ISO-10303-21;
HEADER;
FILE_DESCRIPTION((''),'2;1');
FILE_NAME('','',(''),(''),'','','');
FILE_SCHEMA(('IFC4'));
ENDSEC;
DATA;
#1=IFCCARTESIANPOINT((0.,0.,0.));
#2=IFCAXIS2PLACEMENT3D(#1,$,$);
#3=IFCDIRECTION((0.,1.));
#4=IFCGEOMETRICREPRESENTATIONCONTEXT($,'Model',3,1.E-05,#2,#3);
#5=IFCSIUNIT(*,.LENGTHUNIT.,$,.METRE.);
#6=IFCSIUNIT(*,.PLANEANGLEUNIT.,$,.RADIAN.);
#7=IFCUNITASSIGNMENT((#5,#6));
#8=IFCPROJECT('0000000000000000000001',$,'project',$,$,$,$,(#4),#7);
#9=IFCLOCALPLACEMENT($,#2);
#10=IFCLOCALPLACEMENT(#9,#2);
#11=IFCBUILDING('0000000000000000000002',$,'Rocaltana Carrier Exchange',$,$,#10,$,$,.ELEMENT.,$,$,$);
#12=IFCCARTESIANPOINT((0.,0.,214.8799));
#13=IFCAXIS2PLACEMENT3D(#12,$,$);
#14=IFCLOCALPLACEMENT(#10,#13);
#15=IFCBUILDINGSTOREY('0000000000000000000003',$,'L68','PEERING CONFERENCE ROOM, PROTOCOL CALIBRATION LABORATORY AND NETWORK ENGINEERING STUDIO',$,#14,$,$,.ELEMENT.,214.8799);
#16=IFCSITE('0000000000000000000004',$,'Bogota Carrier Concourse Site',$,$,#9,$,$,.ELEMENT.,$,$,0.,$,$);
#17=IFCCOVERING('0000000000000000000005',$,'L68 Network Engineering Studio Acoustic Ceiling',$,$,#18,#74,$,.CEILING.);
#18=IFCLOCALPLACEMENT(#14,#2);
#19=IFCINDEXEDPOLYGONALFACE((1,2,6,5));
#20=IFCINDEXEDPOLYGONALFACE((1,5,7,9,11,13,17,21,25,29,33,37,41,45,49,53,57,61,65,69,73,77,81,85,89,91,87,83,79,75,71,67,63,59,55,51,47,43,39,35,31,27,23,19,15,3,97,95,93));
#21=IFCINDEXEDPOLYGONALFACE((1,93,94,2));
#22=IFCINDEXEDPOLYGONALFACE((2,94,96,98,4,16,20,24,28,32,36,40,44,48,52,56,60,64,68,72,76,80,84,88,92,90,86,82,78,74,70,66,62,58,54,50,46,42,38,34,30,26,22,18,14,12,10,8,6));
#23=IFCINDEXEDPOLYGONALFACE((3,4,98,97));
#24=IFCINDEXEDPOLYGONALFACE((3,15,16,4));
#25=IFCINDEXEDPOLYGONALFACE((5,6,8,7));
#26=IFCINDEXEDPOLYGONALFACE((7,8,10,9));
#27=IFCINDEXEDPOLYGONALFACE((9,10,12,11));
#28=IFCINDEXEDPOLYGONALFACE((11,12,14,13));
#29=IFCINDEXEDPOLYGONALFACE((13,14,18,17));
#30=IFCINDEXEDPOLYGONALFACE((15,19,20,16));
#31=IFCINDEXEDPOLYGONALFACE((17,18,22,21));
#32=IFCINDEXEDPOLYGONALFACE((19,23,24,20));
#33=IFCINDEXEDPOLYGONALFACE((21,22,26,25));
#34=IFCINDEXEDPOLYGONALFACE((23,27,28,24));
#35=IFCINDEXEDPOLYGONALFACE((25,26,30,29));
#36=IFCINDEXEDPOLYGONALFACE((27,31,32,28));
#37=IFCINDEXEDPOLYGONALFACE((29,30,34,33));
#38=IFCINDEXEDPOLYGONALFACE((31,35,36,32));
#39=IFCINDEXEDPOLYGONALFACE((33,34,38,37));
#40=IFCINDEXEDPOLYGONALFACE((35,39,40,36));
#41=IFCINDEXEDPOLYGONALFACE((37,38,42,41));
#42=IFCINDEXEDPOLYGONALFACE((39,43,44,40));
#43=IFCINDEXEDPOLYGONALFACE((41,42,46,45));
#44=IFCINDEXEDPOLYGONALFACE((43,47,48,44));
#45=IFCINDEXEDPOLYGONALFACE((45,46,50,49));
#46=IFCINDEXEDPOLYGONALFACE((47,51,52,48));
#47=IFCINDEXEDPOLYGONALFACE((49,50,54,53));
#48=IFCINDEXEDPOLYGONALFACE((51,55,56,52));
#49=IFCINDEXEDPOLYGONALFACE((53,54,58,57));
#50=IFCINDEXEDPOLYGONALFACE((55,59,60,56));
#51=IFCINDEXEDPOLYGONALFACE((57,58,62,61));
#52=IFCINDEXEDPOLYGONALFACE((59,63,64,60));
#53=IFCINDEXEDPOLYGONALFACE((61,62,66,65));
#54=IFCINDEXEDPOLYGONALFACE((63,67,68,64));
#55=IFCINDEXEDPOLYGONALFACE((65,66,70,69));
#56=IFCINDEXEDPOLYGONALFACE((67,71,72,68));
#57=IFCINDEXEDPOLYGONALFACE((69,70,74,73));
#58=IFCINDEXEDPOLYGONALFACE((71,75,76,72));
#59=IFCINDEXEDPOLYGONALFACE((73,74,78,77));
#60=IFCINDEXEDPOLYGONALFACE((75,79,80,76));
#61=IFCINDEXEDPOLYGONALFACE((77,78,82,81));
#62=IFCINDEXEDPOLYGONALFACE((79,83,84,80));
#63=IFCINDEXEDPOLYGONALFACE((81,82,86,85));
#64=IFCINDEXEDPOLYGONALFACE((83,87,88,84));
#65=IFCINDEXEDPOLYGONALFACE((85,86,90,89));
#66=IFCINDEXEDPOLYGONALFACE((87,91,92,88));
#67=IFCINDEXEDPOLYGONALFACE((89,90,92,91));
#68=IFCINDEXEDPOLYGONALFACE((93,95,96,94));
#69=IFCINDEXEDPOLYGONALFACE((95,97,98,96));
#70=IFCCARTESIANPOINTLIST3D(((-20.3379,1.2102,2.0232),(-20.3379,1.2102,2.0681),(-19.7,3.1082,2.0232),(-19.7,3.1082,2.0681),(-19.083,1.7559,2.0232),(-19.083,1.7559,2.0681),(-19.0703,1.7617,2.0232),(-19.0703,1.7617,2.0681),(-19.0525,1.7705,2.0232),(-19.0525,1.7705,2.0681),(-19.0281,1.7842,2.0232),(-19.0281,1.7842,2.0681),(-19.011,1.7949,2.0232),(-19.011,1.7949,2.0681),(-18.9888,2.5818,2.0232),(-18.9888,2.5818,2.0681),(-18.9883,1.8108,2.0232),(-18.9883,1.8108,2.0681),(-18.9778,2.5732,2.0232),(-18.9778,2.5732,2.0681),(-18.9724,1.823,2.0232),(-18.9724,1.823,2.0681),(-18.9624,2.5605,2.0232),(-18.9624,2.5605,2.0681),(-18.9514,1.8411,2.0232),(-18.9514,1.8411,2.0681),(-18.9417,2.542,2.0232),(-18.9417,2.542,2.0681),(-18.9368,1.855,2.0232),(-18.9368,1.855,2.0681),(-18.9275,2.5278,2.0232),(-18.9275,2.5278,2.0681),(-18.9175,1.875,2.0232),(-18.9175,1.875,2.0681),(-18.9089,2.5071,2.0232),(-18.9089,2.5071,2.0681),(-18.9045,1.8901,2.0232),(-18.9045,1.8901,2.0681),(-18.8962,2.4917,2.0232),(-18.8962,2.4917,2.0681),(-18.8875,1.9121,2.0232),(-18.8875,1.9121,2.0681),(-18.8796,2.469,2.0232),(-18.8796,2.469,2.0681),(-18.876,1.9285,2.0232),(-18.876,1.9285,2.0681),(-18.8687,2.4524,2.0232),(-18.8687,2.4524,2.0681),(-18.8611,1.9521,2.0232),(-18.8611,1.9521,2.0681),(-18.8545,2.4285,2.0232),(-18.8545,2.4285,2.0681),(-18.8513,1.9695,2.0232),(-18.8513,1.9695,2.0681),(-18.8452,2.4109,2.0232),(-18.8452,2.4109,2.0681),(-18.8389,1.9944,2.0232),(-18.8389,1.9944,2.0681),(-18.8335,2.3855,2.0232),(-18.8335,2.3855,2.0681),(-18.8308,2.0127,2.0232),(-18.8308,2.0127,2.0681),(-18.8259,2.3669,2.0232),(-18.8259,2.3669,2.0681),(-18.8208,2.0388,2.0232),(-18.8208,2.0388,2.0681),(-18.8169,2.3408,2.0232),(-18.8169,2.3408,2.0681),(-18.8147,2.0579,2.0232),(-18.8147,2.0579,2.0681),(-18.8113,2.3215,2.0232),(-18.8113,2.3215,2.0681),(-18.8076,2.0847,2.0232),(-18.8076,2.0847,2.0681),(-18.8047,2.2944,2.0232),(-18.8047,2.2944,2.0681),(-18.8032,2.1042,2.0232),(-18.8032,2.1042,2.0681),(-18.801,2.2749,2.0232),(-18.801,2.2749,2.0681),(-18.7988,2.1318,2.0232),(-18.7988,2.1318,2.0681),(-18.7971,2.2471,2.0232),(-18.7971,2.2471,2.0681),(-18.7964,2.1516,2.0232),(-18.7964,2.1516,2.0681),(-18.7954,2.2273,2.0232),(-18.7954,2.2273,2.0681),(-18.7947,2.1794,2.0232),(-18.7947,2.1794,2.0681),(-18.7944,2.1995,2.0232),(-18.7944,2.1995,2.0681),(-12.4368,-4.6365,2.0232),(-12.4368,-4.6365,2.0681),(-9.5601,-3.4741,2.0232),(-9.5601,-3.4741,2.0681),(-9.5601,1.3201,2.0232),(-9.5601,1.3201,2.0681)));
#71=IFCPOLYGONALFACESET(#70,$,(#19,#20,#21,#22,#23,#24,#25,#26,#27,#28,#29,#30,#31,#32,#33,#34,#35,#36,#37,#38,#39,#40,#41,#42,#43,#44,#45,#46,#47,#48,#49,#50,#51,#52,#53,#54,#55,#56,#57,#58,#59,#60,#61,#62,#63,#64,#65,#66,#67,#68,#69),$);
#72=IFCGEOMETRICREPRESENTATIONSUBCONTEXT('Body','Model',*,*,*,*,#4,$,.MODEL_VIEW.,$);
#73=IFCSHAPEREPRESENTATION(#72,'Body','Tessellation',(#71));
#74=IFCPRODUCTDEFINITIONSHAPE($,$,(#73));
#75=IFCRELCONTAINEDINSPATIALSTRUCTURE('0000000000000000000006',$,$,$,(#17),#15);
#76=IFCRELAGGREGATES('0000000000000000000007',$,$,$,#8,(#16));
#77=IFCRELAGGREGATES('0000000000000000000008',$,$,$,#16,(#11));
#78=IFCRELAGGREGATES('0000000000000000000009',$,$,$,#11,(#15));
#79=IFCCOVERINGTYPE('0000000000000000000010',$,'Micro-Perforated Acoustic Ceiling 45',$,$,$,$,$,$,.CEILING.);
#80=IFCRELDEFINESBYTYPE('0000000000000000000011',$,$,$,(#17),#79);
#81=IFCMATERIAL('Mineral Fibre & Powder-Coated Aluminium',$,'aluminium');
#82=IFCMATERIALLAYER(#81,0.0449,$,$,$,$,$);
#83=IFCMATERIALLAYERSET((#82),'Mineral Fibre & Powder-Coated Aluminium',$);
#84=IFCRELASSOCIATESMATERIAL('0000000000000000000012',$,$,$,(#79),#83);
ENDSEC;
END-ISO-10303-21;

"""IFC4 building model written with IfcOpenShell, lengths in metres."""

from ifc_helpers import new_model, si_unit, direction, frame, origin, place, context, subcontext, project, spatial, polyline, outline, extrude, material, layer, layer_set, type_object, element, save


model = new_model("IFC4")

# Units and contexts
model_context = context("Model", 3, precision=1e-05, world=origin(), true_north=direction((0.0, 1.0)))
body_context = subcontext(model_context, "Body", "Model", "MODEL_VIEW")
ifc_project = project(units=[si_unit("LENGTHUNIT", "METRE"), si_unit("PLANEANGLEUNIT", "RADIAN")], contexts=[model_context])

# Site, building, storey
site_placement = place(None, origin())
site = spatial("IfcSite", under=ifc_project, at=site_placement, Name="Bogota Carrier Concourse Site", CompositionType="ELEMENT", RefElevation=0.0)
building_placement = place(site_placement, origin())
building = spatial("IfcBuilding", under=site, at=building_placement, Name="Rocaltana Carrier Exchange", CompositionType="ELEMENT")
storey_placement = place(building_placement, frame((0.0, 0.0, 214.8799)))
storey = spatial("IfcBuildingStorey", under=building, at=storey_placement, Name="L68", Description="PEERING CONFERENCE ROOM, PROTOCOL CALIBRATION LABORATORY AND NETWORK ENGINEERING STUDIO", CompositionType="ELEMENT", Elevation=214.8799)

# Covering
ifc_material_1 = material(Name="Mineral Fibre & Powder-Coated Aluminium", Category="aluminium")
ifc_layer_1 = layer(ifc_material_1, 0.0449)
ifc_layer_set_1 = layer_set([ifc_layer_1], Name="Mineral Fibre & Powder-Coated Aluminium")
covering_type_1 = type_object("IfcCoveringType", Name="Micro-Perforated Acoustic Ceiling 45", PredefinedType="CEILING", material=ifc_layer_set_1)
covering_1_placement = place(storey_placement, frame((0.0, 0.0, 2.0232)))
element("IfcCovering", 1, at=covering_1_placement, inside=storey, type_object=covering_type_1, Name="L68 Network Engineering Studio Acoustic Ceiling", PredefinedType="CEILING", context=body_context, shape_type="SweptSolid", body=[
    extrude(outline(polyline([(-19.7, 3.1082), (-9.5601, 1.3201), (-9.5601, -3.4741), (-12.4368, -4.6365), (-20.3379, 1.2102), (-19.083, 1.7559), (-19.0703, 1.7617), (-19.0525, 1.7705), (-19.0281, 1.7842), (-19.011, 1.7949), (-18.9883, 1.8108), (-18.9724, 1.823), (-18.9514, 1.8411), (-18.9368, 1.855), (-18.9175, 1.875), (-18.9045, 1.8901), (-18.8875, 1.9121), (-18.876, 1.9285), (-18.8611, 1.9521), (-18.8513, 1.9695), (-18.8389, 1.9944), (-18.8308, 2.0127), (-18.8208, 2.0388), (-18.8147, 2.0579), (-18.8076, 2.0847), (-18.8032, 2.1042), (-18.7988, 2.1318), (-18.7964, 2.1516), (-18.7947, 2.1794), (-18.7944, 2.1995), (-18.7954, 2.2273), (-18.7971, 2.2471), (-18.801, 2.2749), (-18.8047, 2.2944), (-18.8113, 2.3215), (-18.8169, 2.3408), (-18.8259, 2.3669), (-18.8335, 2.3855), (-18.8452, 2.4109), (-18.8545, 2.4285), (-18.8687, 2.4524), (-18.8796, 2.469), (-18.8962, 2.4917), (-18.9089, 2.5071), (-18.9275, 2.5278), (-18.9417, 2.542), (-18.9624, 2.5605), (-18.9778, 2.5732), (-18.9888, 2.5818), (-19.7, 3.1082)])), origin(), (0.0, 0.0, 1.0), 0.0449),
])

save(model, "model.ifc")
